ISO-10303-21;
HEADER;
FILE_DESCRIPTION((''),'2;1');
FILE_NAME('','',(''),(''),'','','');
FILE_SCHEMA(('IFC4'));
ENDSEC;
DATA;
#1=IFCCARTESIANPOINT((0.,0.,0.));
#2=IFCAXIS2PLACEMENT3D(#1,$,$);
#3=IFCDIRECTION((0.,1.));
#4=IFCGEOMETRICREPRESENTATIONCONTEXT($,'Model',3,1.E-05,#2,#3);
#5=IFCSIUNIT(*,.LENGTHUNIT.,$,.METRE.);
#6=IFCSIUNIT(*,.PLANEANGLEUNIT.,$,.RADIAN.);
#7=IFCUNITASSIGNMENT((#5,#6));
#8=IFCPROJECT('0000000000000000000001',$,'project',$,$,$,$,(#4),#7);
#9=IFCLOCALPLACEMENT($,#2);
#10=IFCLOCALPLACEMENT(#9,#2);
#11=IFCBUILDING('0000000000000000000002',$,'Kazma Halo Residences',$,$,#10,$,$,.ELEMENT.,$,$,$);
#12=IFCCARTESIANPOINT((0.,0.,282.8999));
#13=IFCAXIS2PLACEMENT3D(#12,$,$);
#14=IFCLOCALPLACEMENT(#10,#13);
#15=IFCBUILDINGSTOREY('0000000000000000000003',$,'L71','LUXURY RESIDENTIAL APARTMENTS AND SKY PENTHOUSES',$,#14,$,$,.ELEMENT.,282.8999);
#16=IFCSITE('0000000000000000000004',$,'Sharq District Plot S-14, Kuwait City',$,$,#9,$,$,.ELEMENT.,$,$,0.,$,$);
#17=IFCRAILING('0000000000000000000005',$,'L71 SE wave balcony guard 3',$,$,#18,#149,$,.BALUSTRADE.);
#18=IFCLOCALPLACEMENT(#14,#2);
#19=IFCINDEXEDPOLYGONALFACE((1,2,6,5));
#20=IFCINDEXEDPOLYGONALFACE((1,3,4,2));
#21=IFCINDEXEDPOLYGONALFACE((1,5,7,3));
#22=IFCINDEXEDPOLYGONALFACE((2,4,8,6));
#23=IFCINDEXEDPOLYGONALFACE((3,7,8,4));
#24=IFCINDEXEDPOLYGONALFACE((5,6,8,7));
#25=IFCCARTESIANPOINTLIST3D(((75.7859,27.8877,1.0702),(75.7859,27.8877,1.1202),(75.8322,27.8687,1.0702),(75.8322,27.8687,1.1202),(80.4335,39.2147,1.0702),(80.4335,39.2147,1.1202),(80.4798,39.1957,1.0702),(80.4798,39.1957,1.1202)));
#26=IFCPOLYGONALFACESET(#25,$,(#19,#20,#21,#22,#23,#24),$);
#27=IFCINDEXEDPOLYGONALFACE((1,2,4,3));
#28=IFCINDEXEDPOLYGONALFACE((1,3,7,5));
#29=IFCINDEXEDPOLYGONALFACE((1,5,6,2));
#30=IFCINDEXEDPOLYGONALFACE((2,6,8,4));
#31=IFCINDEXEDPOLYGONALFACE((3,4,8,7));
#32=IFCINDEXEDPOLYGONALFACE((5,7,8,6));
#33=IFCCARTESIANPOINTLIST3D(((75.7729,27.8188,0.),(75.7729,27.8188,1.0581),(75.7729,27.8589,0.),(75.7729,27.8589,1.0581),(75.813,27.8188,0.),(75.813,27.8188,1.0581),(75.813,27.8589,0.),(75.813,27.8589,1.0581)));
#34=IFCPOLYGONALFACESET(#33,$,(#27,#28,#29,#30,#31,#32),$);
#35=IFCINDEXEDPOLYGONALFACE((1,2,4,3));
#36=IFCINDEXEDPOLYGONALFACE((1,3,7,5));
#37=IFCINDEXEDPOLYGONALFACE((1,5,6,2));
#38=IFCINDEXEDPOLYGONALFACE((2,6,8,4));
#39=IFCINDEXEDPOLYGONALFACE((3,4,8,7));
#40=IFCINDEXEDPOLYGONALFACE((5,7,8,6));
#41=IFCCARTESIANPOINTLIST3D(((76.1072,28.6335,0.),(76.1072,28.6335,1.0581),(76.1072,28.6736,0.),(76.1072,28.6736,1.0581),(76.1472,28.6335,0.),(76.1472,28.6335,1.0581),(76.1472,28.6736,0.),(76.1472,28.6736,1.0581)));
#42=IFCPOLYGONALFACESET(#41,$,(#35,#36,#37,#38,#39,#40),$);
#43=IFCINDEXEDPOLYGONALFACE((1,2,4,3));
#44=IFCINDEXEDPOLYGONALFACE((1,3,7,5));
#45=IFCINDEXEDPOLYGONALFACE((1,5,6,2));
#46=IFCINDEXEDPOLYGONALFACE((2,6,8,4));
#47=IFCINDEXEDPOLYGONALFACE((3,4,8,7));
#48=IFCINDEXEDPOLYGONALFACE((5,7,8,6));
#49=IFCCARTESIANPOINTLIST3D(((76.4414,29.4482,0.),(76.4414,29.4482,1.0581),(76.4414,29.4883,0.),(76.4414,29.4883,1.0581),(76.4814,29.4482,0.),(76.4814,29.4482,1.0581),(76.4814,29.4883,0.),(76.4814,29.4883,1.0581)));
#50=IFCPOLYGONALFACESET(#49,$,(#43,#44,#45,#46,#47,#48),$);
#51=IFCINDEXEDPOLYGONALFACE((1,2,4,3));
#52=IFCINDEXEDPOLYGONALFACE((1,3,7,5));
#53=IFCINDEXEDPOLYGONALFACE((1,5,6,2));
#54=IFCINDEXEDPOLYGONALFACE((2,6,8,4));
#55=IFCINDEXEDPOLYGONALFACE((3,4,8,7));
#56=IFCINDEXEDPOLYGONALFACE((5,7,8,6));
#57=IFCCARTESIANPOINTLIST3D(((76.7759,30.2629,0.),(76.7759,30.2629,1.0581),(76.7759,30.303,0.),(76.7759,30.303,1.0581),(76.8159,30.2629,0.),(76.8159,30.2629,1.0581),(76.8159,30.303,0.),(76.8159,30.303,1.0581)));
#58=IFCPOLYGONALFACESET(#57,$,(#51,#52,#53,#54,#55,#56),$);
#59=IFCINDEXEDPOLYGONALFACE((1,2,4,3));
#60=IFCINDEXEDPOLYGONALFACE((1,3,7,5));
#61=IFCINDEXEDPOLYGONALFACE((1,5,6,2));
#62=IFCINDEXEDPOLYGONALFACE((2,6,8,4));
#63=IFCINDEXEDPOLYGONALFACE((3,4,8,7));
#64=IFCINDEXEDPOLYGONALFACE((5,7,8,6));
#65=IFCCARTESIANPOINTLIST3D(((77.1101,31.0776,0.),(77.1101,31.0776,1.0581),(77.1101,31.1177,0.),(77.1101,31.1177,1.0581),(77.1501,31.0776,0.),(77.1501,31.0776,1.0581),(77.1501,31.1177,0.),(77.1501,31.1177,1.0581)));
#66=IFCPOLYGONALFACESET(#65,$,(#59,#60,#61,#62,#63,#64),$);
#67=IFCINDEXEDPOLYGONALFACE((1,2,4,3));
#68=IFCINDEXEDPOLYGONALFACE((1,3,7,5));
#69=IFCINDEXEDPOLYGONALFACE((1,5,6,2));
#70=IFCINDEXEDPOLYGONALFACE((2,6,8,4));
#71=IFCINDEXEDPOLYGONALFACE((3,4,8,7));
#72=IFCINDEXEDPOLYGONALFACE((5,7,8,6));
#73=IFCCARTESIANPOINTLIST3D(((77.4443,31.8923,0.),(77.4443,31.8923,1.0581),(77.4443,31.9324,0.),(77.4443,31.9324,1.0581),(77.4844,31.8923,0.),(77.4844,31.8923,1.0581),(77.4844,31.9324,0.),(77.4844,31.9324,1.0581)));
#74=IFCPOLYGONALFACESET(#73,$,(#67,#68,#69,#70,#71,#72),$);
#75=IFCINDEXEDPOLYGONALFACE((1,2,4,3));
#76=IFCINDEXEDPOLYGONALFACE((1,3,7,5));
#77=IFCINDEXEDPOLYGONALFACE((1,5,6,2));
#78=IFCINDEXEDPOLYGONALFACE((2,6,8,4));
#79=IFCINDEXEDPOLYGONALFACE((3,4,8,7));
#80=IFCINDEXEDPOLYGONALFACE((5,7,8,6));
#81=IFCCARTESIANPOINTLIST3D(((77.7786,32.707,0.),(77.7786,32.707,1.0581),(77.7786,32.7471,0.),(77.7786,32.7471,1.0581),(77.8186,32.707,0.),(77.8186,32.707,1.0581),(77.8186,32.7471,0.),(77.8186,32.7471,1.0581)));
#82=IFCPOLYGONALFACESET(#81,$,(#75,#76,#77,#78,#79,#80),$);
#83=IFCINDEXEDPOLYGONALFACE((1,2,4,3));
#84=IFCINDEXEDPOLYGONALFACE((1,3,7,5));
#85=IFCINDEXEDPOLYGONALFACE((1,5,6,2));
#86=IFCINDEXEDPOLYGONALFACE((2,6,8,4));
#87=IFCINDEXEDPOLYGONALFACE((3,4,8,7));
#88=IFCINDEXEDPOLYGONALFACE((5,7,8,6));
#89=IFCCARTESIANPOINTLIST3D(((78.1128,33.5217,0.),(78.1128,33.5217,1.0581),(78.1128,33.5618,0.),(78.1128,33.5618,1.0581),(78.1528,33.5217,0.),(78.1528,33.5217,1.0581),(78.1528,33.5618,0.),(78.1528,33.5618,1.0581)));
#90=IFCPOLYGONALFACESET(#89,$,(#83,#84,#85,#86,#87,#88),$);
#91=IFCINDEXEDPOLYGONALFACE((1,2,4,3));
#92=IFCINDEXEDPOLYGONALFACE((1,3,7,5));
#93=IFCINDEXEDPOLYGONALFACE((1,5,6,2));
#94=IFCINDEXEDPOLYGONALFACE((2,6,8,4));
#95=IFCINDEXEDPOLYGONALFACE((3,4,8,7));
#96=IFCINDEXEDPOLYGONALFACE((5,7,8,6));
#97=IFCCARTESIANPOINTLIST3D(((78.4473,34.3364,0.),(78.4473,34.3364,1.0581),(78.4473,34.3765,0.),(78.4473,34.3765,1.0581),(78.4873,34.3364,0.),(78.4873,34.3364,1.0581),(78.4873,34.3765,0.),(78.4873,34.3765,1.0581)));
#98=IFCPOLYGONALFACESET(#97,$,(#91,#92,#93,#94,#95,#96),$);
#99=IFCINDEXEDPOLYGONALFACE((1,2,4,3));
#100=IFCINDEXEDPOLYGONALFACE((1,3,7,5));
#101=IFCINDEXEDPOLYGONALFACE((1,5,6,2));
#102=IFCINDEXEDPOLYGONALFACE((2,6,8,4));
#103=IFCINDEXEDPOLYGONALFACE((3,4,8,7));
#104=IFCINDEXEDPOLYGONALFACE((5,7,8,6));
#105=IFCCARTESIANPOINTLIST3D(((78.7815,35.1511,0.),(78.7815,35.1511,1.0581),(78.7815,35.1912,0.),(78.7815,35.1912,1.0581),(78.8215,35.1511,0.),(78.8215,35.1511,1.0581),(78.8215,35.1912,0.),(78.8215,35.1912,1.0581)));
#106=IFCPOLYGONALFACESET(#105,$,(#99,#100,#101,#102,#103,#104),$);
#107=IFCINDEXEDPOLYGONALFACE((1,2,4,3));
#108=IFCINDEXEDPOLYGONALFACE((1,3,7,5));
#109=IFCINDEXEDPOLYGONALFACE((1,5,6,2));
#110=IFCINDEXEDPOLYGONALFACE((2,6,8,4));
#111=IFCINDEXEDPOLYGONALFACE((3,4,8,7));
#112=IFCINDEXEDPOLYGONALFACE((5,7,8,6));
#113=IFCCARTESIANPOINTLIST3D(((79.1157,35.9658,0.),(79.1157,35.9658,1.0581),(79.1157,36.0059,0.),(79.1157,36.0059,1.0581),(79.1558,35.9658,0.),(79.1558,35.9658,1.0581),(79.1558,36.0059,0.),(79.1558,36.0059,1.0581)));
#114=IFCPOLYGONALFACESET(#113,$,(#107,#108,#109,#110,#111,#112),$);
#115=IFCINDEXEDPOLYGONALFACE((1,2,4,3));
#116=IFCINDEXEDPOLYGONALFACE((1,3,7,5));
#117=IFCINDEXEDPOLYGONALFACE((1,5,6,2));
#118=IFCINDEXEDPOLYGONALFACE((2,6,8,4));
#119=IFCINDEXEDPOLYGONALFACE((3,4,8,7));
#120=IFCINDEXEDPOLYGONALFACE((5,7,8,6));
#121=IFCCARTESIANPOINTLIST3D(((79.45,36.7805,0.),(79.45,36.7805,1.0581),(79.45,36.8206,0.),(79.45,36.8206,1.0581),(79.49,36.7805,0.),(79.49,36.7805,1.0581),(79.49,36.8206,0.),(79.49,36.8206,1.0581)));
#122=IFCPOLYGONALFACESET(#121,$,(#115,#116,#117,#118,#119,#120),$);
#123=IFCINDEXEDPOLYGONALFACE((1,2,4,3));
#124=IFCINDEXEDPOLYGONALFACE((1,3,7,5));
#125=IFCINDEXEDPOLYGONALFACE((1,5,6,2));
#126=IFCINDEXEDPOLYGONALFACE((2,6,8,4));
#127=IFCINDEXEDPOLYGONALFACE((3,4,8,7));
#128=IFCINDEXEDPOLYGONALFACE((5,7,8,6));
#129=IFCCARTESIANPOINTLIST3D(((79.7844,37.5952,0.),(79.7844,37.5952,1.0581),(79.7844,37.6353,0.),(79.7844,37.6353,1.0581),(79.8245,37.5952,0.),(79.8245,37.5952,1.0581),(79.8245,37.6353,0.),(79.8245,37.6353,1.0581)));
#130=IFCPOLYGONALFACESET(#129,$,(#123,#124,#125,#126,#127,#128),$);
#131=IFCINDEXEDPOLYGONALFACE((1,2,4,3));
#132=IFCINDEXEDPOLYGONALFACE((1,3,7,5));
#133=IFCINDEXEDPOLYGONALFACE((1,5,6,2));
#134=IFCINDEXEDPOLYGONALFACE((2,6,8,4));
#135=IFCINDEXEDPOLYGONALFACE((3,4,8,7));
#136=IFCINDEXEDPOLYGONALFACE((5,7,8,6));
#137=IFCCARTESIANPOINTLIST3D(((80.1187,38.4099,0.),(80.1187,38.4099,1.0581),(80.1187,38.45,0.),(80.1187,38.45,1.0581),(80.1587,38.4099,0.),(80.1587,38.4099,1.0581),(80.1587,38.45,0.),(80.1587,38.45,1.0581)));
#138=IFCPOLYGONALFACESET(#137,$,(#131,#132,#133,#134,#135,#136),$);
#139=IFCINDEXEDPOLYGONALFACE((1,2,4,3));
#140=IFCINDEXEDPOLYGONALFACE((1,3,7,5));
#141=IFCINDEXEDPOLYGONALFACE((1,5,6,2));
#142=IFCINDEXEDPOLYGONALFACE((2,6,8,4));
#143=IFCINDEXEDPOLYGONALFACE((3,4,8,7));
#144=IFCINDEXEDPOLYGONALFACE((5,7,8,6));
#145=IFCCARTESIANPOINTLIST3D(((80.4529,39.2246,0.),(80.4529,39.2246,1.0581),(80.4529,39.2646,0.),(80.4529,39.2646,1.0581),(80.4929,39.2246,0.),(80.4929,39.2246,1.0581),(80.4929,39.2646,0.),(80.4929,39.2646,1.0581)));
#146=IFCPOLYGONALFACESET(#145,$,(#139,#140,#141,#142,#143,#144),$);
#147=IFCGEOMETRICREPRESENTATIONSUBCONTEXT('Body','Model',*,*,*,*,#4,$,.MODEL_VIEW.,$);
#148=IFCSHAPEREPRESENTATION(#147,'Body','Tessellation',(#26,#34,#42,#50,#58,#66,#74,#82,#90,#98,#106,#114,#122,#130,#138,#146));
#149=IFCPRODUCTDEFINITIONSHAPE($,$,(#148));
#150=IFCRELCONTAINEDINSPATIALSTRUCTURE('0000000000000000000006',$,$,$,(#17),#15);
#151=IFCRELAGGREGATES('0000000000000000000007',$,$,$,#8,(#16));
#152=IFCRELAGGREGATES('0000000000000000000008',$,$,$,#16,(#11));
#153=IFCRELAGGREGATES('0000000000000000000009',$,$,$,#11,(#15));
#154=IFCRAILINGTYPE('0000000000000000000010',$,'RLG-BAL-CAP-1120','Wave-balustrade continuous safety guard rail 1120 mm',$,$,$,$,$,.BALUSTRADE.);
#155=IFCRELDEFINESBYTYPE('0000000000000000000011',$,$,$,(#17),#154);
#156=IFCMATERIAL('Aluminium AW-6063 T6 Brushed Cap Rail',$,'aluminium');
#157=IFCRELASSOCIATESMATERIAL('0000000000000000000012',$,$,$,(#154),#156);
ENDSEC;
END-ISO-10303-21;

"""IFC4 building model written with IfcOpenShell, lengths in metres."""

from ifc_helpers import new_model, si_unit, direction, frame, origin, origin_2d, place, context, subcontext, project, spatial, rectangle, extrude, material, type_object, element, save


model = new_model("IFC4")

# Units and contexts
model_context = context("Model", 3, precision=1e-05, world=origin(), true_north=direction((0.0, 1.0)))
body_context = subcontext(model_context, "Body", "Model", "MODEL_VIEW")
ifc_project = project(units=[si_unit("LENGTHUNIT", "METRE"), si_unit("PLANEANGLEUNIT", "RADIAN")], contexts=[model_context])

# Site, building, storey
site_placement = place(None, origin())
site = spatial("IfcSite", under=ifc_project, at=site_placement, Name="Sharq District Plot S-14, Kuwait City", CompositionType="ELEMENT", RefElevation=0.0)
building_placement = place(site_placement, origin())
building = spatial("IfcBuilding", under=site, at=building_placement, Name="Kazma Halo Residences", CompositionType="ELEMENT")
storey_placement = place(building_placement, frame((0.0, 0.0, 282.8999)))
storey = spatial("IfcBuildingStorey", under=building, at=storey_placement, Name="L71", Description="LUXURY RESIDENTIAL APARTMENTS AND SKY PENTHOUSES", CompositionType="ELEMENT", Elevation=282.8999)

# Railing
ifc_material_1 = material(Name="Aluminium AW-6063 T6 Brushed Cap Rail", Category="aluminium")
railing_type = type_object("IfcRailingType", Name="RLG-BAL-CAP-1120", Description="Wave-balustrade continuous safety guard rail 1120 mm", PredefinedType="BALUSTRADE", material=ifc_material_1)
railing_1_placement = place(storey_placement, frame((75.793, 27.8389, 0.0)))
element("IfcRailing", 1, at=railing_1_placement, inside=storey, type_object=railing_type, Name="L71 SE wave balcony guard 3", PredefinedType="BALUSTRADE", context=body_context, shape_type="SweptSolid", body=[
    extrude(rectangle(XDim=0.05, YDim=0.05, at=origin_2d()), frame((0.0161, 0.0393, 1.0952), z_axis=(0.379601, 0.92515, 0.0), x_axis=(-0.92515, 0.379601, 0.0)), (0.0, 0.0, 1.0), 12.2434),
    extrude(rectangle(XDim=0.04, YDim=0.04, at=origin_2d()), origin(), (0.0, 0.0, 1.0), 1.0581),
    extrude(rectangle(XDim=0.04, YDim=0.04, at=origin_2d()), frame((0.3342, 0.8147, 0.0)), (0.0, 0.0, 1.0), 1.0581),
    extrude(rectangle(XDim=0.04, YDim=0.04, at=origin_2d()), frame((0.6685, 1.6294, 0.0)), (0.0, 0.0, 1.0), 1.0581),
    extrude(rectangle(XDim=0.04, YDim=0.04, at=origin_2d()), frame((1.0029, 2.4441, 0.0)), (0.0, 0.0, 1.0), 1.0581),
    extrude(rectangle(XDim=0.04, YDim=0.04, at=origin_2d()), frame((1.3372, 3.2588, 0.0)), (0.0, 0.0, 1.0), 1.0581),
    extrude(rectangle(XDim=0.04, YDim=0.04, at=origin_2d()), frame((1.6714, 4.0735, 0.0)), (0.0, 0.0, 1.0), 1.0581),
    extrude(rectangle(XDim=0.04, YDim=0.04, at=origin_2d()), frame((2.0056, 4.8882, 0.0)), (0.0, 0.0, 1.0), 1.0581),
    extrude(rectangle(XDim=0.04, YDim=0.04, at=origin_2d()), frame((2.3398, 5.7029, 0.0)), (0.0, 0.0, 1.0), 1.0581),
    extrude(rectangle(XDim=0.04, YDim=0.04, at=origin_2d()), frame((2.6743, 6.5176, 0.0)), (0.0, 0.0, 1.0), 1.0581),
    extrude(rectangle(XDim=0.04, YDim=0.04, at=origin_2d()), frame((3.0085, 7.3323, 0.0)), (0.0, 0.0, 1.0), 1.0581),
    extrude(rectangle(XDim=0.04, YDim=0.04, at=origin_2d()), frame((3.3428, 8.147, 0.0)), (0.0, 0.0, 1.0), 1.0581),
    extrude(rectangle(XDim=0.04, YDim=0.04, at=origin_2d()), frame((3.677, 8.9617, 0.0)), (0.0, 0.0, 1.0), 1.0581),
    extrude(rectangle(XDim=0.04, YDim=0.04, at=origin_2d()), frame((4.0115, 9.7764, 0.0)), (0.0, 0.0, 1.0), 1.0581),
    extrude(rectangle(XDim=0.04, YDim=0.04, at=origin_2d()), frame((4.3457, 10.5911, 0.0)), (0.0, 0.0, 1.0), 1.0581),
    extrude(rectangle(XDim=0.04, YDim=0.04, at=origin_2d()), frame((4.6799, 11.4058, 0.0)), (0.0, 0.0, 1.0), 1.0581),
])

save(model, "model.ifc")
